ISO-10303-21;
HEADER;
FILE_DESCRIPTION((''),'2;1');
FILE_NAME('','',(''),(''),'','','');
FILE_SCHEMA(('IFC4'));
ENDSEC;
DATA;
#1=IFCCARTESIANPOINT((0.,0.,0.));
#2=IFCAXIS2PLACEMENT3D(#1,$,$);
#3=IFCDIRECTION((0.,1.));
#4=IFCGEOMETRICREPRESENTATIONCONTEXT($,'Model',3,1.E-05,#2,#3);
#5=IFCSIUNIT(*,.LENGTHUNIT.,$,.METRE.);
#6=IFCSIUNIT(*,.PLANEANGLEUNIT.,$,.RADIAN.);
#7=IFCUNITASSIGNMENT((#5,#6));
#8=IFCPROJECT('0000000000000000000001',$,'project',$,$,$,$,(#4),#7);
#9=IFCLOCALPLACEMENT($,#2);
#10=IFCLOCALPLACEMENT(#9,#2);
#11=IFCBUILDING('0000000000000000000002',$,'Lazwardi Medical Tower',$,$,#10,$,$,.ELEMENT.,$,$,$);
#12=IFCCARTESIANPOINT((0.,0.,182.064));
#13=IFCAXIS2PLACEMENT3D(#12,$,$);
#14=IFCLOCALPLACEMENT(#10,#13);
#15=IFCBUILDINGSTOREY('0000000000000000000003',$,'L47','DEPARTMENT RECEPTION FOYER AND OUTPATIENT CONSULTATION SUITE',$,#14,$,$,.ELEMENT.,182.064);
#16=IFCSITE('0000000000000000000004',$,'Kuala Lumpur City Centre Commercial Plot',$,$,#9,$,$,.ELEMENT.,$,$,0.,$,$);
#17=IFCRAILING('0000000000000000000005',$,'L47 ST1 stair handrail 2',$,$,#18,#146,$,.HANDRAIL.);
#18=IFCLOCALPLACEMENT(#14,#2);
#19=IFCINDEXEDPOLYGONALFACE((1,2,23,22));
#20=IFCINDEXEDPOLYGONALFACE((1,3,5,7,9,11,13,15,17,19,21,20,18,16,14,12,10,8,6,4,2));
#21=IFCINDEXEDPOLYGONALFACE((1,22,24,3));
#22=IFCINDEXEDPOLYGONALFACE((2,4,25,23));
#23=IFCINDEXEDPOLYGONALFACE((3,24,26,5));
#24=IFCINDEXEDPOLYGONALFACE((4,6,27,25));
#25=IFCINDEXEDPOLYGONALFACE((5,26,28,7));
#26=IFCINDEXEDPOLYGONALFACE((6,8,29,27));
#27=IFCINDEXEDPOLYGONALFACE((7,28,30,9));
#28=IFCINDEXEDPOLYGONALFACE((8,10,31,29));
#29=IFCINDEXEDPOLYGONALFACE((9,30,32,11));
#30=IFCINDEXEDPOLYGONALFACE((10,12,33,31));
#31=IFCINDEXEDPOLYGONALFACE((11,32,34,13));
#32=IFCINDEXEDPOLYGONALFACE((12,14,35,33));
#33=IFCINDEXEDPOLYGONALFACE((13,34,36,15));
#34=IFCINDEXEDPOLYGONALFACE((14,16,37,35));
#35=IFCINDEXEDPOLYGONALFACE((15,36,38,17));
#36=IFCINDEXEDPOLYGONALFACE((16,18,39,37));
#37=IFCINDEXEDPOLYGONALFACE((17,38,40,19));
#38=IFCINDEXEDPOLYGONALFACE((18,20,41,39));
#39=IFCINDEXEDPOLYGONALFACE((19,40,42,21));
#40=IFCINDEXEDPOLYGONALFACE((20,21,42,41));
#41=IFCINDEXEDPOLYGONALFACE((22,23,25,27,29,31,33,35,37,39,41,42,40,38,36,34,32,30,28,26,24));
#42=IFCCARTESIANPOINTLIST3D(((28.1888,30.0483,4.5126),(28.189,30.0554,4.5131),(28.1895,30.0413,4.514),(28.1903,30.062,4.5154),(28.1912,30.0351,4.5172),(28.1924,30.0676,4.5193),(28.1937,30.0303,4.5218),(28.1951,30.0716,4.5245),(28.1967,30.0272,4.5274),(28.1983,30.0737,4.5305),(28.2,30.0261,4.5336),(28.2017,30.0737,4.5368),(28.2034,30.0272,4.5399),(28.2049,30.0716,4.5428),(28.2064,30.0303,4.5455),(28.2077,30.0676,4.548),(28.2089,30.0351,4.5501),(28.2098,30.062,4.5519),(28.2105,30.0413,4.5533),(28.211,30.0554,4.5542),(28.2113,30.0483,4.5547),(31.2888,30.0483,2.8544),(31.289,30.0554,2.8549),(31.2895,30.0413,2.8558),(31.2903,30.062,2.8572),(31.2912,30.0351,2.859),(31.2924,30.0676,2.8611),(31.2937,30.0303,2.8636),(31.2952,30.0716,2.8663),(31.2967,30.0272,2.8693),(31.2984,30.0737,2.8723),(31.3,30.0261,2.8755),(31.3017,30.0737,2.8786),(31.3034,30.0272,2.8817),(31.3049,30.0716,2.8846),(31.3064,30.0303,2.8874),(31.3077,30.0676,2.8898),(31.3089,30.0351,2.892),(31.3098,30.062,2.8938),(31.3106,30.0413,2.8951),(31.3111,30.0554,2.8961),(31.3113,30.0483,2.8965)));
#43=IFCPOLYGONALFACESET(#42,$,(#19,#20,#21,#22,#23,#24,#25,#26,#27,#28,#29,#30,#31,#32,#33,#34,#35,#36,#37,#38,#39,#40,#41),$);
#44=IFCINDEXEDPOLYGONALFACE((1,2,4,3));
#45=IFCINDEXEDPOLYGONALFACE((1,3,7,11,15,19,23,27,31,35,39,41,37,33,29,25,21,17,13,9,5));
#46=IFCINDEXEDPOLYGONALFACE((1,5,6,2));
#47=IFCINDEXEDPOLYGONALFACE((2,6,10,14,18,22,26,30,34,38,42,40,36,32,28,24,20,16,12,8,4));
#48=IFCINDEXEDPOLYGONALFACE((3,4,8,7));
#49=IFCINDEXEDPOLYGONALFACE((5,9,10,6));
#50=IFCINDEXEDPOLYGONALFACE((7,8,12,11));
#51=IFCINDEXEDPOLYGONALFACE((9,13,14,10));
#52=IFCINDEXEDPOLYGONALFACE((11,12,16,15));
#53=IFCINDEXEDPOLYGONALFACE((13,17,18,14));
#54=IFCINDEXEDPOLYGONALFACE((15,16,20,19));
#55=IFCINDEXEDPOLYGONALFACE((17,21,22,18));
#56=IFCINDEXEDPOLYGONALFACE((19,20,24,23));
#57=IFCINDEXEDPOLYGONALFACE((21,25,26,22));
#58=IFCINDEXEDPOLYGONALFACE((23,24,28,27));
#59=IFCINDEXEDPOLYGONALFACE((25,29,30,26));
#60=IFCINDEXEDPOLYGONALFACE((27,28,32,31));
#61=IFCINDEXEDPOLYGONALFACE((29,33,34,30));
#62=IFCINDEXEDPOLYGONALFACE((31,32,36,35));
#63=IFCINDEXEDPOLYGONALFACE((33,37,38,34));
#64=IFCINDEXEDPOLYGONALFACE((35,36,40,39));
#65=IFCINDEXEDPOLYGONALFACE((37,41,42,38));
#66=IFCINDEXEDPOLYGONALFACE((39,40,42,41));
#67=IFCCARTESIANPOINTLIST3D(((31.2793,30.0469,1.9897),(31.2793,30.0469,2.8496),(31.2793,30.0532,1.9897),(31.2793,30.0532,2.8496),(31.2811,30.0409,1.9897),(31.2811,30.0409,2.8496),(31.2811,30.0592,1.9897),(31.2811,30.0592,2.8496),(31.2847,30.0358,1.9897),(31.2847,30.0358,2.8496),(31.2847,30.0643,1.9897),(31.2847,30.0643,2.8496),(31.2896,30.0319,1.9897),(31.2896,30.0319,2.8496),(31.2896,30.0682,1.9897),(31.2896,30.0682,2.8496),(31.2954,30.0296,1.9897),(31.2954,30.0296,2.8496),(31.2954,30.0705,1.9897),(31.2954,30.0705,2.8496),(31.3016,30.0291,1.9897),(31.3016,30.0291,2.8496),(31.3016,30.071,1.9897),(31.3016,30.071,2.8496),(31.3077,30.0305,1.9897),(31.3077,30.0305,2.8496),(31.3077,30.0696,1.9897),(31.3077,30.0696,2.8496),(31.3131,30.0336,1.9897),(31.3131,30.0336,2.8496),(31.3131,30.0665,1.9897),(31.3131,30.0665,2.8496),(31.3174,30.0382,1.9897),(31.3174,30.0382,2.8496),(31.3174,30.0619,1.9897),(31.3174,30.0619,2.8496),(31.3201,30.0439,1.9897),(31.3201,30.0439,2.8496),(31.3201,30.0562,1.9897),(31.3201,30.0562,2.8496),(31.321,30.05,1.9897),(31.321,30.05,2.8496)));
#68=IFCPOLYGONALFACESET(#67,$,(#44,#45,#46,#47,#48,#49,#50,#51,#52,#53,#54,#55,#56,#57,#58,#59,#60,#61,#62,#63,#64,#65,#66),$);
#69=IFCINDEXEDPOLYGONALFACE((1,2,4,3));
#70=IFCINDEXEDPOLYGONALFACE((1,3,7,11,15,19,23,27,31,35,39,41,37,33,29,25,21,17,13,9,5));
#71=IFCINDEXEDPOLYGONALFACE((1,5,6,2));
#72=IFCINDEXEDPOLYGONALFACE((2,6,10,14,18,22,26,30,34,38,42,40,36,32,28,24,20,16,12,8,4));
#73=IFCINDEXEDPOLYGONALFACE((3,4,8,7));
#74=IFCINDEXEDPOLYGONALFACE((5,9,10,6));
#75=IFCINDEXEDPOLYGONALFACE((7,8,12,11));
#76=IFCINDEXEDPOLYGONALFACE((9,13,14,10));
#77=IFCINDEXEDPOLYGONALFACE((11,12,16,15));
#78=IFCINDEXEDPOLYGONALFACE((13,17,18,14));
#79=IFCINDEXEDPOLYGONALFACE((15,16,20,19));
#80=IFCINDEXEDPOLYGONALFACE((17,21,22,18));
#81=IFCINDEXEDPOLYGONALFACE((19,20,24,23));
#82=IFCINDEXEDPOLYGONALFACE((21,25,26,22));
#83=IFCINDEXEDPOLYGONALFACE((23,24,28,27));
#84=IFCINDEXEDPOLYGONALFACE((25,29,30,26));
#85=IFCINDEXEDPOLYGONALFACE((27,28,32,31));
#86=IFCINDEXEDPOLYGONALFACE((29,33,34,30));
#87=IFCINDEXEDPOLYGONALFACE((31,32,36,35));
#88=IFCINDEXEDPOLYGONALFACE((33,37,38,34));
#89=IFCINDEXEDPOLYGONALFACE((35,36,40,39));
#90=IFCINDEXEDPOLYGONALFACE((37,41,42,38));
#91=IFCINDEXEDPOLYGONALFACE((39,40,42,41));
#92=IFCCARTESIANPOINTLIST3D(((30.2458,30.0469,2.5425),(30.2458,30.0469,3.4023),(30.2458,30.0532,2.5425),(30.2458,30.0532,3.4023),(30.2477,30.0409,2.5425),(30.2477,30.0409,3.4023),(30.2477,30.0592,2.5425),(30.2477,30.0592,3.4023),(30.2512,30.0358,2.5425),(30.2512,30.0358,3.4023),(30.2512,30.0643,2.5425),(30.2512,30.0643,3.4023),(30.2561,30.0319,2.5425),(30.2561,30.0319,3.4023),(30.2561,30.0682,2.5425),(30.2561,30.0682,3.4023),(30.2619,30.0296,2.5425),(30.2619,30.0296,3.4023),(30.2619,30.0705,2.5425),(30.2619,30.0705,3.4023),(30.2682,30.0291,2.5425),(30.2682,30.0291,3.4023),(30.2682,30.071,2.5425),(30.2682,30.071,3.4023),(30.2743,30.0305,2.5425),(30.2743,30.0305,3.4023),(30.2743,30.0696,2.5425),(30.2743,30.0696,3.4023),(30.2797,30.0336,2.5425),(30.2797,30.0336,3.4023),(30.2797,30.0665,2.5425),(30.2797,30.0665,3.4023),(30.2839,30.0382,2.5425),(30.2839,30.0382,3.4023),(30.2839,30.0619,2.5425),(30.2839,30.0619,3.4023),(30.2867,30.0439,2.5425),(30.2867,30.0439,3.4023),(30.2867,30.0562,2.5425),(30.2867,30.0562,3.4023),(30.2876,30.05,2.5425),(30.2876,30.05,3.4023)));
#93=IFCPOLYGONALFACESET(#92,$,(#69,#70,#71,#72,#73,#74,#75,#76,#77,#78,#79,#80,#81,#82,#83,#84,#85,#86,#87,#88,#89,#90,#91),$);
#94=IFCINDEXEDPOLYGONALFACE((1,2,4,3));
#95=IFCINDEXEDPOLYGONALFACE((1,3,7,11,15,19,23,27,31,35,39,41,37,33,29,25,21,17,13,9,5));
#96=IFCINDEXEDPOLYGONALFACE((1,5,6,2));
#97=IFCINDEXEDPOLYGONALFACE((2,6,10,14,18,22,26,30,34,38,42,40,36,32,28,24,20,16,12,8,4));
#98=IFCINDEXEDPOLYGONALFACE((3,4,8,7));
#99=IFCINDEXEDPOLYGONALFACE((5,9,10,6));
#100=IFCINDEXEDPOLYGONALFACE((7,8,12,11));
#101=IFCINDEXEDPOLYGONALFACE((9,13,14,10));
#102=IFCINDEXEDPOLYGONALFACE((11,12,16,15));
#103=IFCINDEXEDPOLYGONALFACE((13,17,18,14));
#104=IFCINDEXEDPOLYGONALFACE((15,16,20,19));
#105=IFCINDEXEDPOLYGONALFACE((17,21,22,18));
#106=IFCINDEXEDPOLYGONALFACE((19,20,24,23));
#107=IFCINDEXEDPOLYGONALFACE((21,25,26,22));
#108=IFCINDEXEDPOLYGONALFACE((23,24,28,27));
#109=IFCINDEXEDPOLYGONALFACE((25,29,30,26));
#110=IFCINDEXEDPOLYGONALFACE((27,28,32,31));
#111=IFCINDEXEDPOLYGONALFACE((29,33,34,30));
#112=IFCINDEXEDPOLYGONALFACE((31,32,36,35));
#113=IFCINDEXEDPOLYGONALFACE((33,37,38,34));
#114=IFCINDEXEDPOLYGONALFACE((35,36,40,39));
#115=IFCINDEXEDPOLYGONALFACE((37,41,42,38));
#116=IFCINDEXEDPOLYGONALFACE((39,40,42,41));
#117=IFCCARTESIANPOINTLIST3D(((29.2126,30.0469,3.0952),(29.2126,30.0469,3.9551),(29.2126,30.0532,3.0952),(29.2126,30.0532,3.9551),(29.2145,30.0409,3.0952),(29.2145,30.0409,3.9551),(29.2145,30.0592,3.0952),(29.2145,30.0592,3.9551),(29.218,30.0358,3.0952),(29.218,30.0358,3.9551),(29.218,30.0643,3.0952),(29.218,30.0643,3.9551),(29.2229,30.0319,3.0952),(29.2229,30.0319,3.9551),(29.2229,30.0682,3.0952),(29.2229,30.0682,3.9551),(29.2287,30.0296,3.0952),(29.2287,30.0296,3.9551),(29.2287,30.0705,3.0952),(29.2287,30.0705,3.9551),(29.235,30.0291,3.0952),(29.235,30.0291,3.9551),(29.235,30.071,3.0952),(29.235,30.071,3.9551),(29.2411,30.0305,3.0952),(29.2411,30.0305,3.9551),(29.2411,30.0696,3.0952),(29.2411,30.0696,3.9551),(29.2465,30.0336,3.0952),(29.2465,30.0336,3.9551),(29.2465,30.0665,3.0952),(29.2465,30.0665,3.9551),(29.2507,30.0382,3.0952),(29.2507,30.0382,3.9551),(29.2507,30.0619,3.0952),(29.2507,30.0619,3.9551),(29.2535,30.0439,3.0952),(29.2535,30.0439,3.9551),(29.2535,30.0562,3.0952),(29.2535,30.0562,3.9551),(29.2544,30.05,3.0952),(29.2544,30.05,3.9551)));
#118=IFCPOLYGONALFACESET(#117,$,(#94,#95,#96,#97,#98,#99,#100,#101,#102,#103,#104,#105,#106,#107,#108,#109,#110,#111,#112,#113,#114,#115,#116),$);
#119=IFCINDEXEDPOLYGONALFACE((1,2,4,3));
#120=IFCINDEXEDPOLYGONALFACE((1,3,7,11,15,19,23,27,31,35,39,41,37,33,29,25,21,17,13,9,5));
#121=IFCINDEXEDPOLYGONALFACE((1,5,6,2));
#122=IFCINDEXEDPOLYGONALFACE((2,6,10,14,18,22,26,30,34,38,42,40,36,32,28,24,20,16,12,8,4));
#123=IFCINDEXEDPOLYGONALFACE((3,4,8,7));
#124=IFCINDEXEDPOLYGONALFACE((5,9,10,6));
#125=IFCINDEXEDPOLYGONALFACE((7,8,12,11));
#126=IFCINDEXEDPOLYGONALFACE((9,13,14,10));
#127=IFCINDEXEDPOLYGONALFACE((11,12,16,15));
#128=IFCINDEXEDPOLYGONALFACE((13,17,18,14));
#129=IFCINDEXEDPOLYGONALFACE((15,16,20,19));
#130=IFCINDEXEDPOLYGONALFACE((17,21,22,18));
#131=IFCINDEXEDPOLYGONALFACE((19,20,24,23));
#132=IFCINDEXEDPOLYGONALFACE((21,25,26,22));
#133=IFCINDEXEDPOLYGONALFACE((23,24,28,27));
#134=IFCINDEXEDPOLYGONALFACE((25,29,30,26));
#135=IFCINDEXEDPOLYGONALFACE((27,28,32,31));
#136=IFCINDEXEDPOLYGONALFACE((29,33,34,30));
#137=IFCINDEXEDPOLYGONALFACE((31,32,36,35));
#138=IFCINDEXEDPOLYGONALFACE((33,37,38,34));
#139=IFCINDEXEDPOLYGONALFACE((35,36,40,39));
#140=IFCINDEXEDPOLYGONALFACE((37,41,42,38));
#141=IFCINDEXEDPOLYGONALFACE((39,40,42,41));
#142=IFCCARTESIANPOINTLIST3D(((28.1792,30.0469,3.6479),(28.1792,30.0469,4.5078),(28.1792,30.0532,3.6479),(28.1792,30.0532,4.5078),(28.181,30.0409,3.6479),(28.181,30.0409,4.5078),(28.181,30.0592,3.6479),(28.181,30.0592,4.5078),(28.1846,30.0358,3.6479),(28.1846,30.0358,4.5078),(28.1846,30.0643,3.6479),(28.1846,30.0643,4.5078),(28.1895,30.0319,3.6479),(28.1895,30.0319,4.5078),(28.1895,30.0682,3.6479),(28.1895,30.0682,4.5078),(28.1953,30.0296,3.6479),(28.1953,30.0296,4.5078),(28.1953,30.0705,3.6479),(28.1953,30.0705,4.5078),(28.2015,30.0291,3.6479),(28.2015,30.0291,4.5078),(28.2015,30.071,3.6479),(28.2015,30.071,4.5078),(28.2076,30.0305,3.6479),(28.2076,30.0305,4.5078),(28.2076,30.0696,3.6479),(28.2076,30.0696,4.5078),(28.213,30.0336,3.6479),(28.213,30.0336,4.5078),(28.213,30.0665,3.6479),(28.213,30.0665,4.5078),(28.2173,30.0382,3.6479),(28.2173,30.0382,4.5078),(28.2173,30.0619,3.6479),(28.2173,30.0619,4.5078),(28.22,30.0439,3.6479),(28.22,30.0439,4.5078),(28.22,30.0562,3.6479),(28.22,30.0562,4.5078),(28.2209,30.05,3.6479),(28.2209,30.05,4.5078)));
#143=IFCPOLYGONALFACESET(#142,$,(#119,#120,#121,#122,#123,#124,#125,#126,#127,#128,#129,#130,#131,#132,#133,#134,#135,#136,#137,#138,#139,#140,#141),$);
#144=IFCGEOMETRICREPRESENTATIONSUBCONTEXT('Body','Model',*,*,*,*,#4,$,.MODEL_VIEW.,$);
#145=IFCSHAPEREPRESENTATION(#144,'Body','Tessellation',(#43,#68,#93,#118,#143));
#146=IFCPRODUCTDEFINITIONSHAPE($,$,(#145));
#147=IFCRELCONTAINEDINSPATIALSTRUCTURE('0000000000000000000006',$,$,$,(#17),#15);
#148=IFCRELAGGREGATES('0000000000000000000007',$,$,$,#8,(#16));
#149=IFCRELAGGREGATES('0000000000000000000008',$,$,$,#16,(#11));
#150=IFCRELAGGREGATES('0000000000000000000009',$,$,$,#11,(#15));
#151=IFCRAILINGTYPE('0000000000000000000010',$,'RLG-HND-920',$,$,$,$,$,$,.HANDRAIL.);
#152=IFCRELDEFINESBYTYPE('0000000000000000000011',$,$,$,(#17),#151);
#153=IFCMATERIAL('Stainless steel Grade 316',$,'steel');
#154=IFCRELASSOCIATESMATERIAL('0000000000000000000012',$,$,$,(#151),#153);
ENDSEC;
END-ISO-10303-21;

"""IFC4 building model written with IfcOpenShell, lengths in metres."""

from ifc_helpers import new_model, si_unit, direction, frame, origin, origin_2d, place, context, subcontext, project, spatial, circle, extrude, material, type_object, element, save


model = new_model("IFC4")

# Units and contexts
model_context = context("Model", 3, precision=1e-05, world=origin(), true_north=direction((0.0, 1.0)))
body_context = subcontext(model_context, "Body", "Model", "MODEL_VIEW")
ifc_project = project(units=[si_unit("LENGTHUNIT", "METRE"), si_unit("PLANEANGLEUNIT", "RADIAN")], contexts=[model_context])

# Site, building, storey
site_placement = place(None, origin())
site = spatial("IfcSite", under=ifc_project, at=site_placement, Name="Kuala Lumpur City Centre Commercial Plot", CompositionType="ELEMENT", RefElevation=0.0)
building_placement = place(site_placement, origin())
building = spatial("IfcBuilding", under=site, at=building_placement, Name="Lazwardi Medical Tower", CompositionType="ELEMENT")
storey_placement = place(building_placement, frame((0.0, 0.0, 182.064)))
storey = spatial("IfcBuildingStorey", under=building, at=storey_placement, Name="L47", Description="DEPARTMENT RECEPTION FOYER AND OUTPATIENT CONSULTATION SUITE", CompositionType="ELEMENT", Elevation=182.064)

# Railing
ifc_material_1 = material(Name="Stainless steel Grade 316", Category="steel")
railing_type_1 = type_object("IfcRailingType", Name="RLG-HND-920", PredefinedType="HANDRAIL", material=ifc_material_1)
railing_1_placement = place(storey_placement, frame((31.3, 30.05, 1.9897)))
element("IfcRailing", 1, at=railing_1_placement, inside=storey, type_object=railing_type_1, Name="L47 ST1 stair handrail 2", PredefinedType="HANDRAIL", context=body_context, shape_type="SweptSolid", body=[
    extrude(circle(Radius=0.0239, at=origin_2d()), frame((0.0, 0.0, 0.8857), z_axis=(-0.881783, 0.0, 0.471655), x_axis=(0.0, -1.0, 0.0)), (0.0, 0.0, 1.0), 3.5156),
    extrude(circle(Radius=0.021, at=origin_2d()), origin(), (0.0, 0.0, 1.0), 0.8599),
    extrude(circle(Radius=0.021, at=origin_2d()), frame((-1.0334, 0.0, 0.5527)), (0.0, 0.0, 1.0), 0.8599),
    extrude(circle(Radius=0.021, at=origin_2d()), frame((-2.0667, 0.0, 1.1055)), (0.0, 0.0, 1.0), 0.8599),
    extrude(circle(Radius=0.021, at=origin_2d()), frame((-3.1001, 0.0, 1.6582)), (0.0, 0.0, 1.0), 0.8599),
])

save(model, "model.ifc")
